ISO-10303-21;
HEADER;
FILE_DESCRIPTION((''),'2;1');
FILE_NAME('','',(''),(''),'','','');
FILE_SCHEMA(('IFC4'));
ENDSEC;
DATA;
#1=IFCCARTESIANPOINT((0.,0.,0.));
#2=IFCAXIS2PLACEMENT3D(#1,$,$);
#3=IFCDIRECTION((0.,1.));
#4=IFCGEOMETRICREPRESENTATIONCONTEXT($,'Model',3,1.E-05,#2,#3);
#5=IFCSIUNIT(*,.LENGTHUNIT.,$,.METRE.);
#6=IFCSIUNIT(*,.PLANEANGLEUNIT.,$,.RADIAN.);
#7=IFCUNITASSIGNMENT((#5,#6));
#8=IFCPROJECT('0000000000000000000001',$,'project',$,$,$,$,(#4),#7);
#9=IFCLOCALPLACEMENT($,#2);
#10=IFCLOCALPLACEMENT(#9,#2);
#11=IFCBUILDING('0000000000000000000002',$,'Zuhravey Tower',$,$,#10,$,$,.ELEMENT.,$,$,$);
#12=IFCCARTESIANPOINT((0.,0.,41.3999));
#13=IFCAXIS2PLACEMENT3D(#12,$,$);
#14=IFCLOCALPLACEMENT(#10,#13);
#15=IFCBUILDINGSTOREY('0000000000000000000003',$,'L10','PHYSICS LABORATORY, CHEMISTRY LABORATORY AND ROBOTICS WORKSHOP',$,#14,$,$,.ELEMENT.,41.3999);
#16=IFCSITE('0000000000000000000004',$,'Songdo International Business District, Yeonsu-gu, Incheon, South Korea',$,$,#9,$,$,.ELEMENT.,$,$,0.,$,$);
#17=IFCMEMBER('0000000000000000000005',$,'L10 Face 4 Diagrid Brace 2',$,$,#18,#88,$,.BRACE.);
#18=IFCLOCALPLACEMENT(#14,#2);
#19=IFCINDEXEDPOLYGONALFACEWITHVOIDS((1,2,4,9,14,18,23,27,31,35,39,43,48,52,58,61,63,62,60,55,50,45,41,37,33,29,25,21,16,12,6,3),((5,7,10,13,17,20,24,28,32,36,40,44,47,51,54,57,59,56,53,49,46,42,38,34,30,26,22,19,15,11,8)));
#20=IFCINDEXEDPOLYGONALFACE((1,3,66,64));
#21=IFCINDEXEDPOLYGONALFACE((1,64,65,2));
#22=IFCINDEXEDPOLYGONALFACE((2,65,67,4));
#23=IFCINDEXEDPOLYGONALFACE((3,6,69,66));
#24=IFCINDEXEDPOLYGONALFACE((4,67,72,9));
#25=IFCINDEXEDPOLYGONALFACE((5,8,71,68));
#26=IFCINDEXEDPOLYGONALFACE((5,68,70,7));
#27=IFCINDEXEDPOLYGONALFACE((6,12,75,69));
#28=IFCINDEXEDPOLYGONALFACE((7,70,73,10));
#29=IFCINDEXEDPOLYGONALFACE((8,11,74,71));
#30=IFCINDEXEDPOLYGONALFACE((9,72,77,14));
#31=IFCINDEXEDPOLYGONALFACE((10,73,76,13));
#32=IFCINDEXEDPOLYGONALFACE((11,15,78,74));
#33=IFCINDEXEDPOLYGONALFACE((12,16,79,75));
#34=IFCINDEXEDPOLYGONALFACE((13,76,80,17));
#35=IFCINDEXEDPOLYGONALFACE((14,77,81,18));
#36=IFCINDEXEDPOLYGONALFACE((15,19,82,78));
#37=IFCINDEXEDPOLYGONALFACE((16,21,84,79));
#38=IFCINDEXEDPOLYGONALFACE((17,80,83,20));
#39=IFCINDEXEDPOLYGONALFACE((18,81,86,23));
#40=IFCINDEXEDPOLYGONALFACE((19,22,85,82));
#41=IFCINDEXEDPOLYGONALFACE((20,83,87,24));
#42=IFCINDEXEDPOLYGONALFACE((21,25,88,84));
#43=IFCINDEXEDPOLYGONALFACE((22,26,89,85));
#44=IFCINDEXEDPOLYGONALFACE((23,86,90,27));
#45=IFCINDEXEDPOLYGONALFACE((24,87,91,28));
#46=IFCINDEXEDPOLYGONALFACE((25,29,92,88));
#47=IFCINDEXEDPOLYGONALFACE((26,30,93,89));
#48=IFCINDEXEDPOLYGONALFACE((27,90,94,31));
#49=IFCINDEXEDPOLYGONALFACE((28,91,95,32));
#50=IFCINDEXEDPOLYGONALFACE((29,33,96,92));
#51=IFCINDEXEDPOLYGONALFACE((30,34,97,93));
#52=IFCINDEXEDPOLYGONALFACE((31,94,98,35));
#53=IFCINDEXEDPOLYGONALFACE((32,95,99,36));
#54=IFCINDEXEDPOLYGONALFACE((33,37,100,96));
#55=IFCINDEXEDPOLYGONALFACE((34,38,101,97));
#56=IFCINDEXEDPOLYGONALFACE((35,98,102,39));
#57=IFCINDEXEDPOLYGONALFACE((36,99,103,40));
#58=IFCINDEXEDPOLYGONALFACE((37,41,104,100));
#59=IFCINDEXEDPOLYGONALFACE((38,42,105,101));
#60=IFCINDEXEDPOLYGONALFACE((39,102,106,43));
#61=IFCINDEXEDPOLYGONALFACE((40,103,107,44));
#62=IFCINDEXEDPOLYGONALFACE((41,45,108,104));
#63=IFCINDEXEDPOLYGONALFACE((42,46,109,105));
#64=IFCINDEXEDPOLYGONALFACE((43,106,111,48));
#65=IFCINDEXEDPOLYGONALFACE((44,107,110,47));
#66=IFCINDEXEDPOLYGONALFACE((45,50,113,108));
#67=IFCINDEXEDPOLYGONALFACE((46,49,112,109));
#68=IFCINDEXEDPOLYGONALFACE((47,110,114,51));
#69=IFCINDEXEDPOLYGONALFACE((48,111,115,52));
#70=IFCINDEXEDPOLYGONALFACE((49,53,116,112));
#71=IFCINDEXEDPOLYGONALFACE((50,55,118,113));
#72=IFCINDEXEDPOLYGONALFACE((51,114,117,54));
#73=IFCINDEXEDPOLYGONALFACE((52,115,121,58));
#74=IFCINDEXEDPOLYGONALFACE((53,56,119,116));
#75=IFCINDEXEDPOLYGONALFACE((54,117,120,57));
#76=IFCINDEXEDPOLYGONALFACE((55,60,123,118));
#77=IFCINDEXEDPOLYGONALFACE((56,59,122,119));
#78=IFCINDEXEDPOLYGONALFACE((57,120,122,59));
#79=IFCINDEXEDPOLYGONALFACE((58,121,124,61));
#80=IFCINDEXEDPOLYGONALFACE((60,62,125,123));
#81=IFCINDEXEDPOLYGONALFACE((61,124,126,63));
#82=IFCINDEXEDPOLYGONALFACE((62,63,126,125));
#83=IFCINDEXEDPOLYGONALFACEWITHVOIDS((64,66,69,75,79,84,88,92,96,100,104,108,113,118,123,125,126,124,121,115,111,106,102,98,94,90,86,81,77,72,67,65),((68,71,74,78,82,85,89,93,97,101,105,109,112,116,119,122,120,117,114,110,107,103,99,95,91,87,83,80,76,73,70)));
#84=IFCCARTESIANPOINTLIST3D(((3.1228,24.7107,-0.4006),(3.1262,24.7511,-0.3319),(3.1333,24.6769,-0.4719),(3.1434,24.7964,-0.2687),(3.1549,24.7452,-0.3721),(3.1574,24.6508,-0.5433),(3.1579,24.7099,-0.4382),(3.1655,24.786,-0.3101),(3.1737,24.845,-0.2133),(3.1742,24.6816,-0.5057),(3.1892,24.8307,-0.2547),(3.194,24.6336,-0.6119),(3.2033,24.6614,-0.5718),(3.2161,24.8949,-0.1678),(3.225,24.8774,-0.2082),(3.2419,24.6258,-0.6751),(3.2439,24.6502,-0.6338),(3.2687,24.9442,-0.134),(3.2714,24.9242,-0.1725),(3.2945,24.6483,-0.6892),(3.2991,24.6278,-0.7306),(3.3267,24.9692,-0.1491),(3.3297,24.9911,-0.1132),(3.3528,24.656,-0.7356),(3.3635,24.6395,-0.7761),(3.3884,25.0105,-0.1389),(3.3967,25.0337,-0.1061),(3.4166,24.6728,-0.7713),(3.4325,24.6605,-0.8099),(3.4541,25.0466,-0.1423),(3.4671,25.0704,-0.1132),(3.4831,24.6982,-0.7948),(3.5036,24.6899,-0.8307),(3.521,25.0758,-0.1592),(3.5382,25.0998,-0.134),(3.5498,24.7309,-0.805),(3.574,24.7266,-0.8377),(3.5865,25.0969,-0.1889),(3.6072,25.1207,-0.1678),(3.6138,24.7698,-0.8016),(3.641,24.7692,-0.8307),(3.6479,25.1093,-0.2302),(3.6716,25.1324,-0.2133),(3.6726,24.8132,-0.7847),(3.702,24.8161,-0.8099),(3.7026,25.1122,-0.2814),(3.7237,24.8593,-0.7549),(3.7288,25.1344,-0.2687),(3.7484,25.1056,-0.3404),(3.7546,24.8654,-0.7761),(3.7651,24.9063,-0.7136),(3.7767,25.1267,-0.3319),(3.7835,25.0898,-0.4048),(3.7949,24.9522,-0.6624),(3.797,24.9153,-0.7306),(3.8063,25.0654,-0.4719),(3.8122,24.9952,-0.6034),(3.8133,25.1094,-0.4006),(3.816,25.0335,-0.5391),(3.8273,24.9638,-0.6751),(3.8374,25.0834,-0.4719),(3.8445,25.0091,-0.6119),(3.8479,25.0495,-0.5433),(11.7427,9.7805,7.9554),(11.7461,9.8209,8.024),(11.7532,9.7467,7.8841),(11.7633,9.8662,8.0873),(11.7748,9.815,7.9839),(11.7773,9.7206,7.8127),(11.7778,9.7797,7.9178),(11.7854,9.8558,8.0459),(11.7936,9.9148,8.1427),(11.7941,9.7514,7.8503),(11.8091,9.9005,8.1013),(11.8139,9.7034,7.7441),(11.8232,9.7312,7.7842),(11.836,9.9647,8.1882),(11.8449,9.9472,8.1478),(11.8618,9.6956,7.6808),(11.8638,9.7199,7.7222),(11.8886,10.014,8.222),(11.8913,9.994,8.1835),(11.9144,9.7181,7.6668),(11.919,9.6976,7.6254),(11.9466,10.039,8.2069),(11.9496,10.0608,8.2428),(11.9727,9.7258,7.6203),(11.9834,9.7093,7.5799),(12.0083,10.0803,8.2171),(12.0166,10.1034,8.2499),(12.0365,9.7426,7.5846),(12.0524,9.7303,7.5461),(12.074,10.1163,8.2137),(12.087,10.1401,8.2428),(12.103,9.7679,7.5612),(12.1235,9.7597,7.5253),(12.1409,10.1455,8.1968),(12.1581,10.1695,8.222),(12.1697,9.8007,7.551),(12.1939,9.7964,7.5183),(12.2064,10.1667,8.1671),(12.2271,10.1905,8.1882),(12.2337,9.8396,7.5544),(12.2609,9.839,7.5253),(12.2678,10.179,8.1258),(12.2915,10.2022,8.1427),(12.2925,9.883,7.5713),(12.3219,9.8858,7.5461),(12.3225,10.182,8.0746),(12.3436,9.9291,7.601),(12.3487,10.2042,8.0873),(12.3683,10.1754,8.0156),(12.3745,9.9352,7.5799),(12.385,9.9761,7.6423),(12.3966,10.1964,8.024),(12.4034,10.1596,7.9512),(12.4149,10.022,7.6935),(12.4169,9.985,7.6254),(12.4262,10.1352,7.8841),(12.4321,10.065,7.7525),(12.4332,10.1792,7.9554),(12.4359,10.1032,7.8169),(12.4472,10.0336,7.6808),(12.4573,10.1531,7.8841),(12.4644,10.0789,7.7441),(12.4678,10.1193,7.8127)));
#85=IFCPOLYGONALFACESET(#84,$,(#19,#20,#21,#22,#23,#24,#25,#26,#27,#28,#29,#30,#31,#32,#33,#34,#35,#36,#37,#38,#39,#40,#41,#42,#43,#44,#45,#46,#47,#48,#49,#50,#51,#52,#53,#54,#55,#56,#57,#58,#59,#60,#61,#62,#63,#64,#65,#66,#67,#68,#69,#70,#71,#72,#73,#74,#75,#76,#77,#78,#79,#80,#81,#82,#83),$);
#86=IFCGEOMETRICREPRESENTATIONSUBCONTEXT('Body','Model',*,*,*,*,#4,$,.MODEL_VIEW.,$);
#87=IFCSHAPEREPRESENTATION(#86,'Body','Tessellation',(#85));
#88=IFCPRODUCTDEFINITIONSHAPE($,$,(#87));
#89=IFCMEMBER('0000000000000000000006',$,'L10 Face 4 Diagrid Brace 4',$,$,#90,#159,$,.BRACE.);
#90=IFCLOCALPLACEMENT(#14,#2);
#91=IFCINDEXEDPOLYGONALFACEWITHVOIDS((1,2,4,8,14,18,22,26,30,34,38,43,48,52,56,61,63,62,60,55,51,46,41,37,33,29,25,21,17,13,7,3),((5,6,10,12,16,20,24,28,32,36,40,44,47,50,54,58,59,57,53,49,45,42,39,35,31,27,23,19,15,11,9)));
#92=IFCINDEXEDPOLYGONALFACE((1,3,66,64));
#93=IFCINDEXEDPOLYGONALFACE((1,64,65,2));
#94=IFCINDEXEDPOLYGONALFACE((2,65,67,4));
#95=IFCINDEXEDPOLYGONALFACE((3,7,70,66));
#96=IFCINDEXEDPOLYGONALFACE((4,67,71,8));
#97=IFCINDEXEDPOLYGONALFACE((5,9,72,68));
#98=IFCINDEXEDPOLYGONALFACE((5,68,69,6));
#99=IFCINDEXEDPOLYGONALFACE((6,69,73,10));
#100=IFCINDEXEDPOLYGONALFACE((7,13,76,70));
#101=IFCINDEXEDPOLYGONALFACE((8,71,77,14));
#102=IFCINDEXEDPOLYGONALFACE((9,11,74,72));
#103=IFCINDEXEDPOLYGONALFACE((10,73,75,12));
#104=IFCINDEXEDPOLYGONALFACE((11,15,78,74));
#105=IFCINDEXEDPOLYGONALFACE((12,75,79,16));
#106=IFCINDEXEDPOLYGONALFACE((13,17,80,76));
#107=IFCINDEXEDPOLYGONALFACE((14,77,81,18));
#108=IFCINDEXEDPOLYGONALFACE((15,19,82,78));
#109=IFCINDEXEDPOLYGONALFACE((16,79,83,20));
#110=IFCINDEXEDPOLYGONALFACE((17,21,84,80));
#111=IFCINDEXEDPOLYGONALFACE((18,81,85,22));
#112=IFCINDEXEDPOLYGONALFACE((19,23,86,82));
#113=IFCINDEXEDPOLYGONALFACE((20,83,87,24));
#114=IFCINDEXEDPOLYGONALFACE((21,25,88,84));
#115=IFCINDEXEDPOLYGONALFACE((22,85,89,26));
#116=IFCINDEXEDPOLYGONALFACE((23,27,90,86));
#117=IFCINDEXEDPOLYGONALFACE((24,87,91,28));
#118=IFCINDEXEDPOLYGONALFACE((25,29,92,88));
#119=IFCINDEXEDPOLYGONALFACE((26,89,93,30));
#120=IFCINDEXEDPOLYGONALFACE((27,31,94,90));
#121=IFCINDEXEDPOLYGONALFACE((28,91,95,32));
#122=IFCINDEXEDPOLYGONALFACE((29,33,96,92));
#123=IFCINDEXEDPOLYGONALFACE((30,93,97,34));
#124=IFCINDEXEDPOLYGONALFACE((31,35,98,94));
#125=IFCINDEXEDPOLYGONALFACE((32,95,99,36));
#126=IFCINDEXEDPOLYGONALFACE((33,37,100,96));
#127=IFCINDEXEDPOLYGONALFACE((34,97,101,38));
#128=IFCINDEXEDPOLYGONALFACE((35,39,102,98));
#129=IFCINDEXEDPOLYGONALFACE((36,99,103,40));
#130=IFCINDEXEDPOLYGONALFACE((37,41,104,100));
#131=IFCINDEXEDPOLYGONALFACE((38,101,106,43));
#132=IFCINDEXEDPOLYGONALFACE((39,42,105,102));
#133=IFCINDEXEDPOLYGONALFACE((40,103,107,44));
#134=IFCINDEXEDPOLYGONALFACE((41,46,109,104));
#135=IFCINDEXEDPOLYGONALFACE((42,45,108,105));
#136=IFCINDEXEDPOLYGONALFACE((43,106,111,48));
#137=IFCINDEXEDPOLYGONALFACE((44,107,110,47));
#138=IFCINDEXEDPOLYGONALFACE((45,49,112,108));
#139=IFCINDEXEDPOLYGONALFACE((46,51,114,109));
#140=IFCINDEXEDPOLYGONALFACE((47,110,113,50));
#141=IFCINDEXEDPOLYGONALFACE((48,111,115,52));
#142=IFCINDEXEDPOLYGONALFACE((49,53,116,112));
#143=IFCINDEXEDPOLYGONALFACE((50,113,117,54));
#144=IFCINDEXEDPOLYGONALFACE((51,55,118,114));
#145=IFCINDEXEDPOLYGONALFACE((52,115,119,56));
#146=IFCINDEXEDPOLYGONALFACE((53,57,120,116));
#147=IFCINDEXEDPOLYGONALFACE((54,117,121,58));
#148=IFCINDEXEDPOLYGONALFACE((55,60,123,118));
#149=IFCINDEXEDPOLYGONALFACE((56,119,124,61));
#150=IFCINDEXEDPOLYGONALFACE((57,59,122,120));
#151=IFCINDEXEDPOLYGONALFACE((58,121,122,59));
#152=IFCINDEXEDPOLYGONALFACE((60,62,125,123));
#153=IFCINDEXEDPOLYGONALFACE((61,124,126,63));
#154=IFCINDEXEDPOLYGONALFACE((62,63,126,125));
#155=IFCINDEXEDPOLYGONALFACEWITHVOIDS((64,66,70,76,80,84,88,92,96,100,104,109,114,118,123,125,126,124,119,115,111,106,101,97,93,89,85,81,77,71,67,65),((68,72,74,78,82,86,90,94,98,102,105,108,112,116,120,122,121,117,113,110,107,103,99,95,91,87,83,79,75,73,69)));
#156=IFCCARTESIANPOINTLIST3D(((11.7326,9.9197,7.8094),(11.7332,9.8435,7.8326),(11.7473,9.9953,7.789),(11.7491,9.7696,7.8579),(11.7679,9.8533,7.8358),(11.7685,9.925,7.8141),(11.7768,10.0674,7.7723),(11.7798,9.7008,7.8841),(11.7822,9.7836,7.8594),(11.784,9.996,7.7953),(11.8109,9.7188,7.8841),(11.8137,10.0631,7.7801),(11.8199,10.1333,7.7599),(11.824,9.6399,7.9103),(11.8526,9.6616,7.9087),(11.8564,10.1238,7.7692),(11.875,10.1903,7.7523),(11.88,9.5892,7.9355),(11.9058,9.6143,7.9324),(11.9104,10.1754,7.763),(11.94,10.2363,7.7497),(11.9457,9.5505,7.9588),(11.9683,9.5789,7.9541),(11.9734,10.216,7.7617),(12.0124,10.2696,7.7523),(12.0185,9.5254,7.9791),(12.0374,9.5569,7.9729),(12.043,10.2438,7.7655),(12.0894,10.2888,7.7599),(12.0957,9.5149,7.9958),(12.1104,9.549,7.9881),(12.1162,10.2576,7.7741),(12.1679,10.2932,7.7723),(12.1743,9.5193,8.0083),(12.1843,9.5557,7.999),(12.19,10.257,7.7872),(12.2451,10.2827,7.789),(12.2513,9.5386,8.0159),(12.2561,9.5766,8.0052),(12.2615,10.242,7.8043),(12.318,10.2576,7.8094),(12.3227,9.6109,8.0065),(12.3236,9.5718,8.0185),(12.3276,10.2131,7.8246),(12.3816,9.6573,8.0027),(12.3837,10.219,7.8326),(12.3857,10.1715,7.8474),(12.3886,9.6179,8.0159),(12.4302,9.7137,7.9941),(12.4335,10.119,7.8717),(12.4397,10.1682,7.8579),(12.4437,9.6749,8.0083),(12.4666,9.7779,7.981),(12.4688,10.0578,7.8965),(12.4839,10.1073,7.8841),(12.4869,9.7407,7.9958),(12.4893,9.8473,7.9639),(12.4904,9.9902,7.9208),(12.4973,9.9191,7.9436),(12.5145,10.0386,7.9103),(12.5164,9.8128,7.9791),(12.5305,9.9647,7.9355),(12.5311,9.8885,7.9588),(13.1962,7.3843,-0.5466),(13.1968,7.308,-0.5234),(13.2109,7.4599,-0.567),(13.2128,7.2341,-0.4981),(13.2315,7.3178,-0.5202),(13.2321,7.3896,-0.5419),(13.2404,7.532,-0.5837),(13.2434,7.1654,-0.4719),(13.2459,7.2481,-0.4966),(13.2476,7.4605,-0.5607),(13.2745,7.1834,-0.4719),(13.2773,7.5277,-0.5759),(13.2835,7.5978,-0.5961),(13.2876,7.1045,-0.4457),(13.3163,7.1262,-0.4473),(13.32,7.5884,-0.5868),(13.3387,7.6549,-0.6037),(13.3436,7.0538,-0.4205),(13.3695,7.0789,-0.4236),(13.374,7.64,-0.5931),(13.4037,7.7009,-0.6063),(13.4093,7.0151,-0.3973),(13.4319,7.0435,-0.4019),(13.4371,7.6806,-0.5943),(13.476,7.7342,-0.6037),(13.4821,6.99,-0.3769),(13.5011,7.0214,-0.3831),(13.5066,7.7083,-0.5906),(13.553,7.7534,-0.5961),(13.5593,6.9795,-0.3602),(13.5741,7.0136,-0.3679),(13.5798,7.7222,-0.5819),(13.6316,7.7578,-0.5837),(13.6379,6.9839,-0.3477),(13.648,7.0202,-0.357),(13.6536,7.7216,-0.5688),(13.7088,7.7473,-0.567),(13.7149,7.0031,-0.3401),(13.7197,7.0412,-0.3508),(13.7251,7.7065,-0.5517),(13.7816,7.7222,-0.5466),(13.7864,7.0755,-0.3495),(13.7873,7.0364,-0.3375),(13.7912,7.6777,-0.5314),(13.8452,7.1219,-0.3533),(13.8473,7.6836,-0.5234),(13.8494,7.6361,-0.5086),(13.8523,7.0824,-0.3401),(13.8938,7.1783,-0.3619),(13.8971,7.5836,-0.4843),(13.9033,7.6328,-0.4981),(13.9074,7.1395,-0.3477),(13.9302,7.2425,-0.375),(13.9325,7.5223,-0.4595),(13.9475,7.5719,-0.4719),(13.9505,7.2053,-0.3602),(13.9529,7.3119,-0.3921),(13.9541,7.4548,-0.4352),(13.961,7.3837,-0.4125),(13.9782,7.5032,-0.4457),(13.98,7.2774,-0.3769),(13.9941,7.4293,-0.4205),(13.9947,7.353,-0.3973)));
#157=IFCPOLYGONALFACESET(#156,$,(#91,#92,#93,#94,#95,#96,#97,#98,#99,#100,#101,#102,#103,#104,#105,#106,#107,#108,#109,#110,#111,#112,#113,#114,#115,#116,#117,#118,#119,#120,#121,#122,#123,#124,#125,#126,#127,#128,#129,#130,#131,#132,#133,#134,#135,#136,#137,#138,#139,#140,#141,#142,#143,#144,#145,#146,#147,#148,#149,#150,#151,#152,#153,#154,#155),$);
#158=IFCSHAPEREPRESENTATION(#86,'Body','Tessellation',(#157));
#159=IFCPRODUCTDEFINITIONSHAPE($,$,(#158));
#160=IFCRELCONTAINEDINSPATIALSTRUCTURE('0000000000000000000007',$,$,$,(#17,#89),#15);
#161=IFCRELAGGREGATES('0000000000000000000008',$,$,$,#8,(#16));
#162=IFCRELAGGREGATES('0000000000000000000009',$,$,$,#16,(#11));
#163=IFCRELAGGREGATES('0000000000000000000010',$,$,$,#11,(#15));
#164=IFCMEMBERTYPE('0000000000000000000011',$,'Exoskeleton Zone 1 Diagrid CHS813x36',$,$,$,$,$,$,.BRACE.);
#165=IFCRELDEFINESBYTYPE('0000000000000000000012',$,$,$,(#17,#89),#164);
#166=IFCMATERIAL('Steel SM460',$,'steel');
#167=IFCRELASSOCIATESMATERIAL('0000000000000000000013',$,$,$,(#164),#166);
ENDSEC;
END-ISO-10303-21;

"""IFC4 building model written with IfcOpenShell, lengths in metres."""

from ifc_helpers import new_model, si_unit, direction, frame, origin, origin_2d, place, context, subcontext, project, spatial, hollow_circle, extrude, material, material_profile, profile_set, type_object, element, save


model = new_model("IFC4")

# Units and contexts
model_context = context("Model", 3, precision=1e-05, world=origin(), true_north=direction((0.0, 1.0)))
body_context = subcontext(model_context, "Body", "Model", "MODEL_VIEW")
ifc_project = project(units=[si_unit("LENGTHUNIT", "METRE"), si_unit("PLANEANGLEUNIT", "RADIAN")], contexts=[model_context])

# Site, building, storey
site_placement = place(None, origin())
site = spatial("IfcSite", under=ifc_project, at=site_placement, Name="Songdo International Business District, Yeonsu-gu, Incheon, South Korea", CompositionType="ELEMENT", RefElevation=0.0)
building_placement = place(site_placement, origin())
building = spatial("IfcBuilding", under=site, at=building_placement, Name="Zuhravey Tower", CompositionType="ELEMENT")
storey_placement = place(building_placement, frame((0.0, 0.0, 41.3999)))
storey = spatial("IfcBuildingStorey", under=building, at=storey_placement, Name="L10", Description="PHYSICS LABORATORY, CHEMISTRY LABORATORY AND ROBOTICS WORKSHOP", CompositionType="ELEMENT", Elevation=41.3999)

# Members
ifc_material_1 = material(Name="Steel SM460", Category="steel")
ifc_material_profile_1 = material_profile(ifc_material_1, hollow_circle(Radius=0.4065, WallThickness=0.0359, at=origin_2d()), Name="CHS-812.8x36")
ifc_profile_set_1 = profile_set([ifc_material_profile_1], Name="Steel SM460")
member_type_1 = type_object("IfcMemberType", Name="Exoskeleton Zone 1 Diagrid CHS813x36", PredefinedType="BRACE", material=ifc_profile_set_1)
member_1_placement = place(storey_placement, frame((3.4854, 24.8801, -0.4719), z_axis=(0.449933, -0.779312, 0.436157), x_axis=(0.866027, 0.499997, 0.0)))
element("IfcMember", 1, at=member_1_placement, inside=storey, type_object=member_type_1, Name="L10 Face 4 Diagrid Brace 2", PredefinedType="BRACE", context=body_context, shape_type="SweptSolid", body=[
    extrude(hollow_circle(Radius=0.4065, WallThickness=0.0359, at=origin_2d()), origin(), (0.0, 0.0, 1.0), 19.1582),
])
member_2_placement = place(storey_placement, frame((13.5955, 7.3687, -0.4719), z_axis=(-0.165307, 0.286358, 0.943755), x_axis=(-0.866054, -0.499951, 0.0)))
element("IfcMember", 2, at=member_2_placement, inside=storey, type_object=member_type_1, Name="L10 Face 4 Diagrid Brace 4", PredefinedType="BRACE", context=body_context, shape_type="SweptSolid", body=[
    extrude(hollow_circle(Radius=0.4065, WallThickness=0.0359, at=origin_2d()), origin(), (0.0, 0.0, 1.0), 8.854),
])

save(model, "model.ifc")
